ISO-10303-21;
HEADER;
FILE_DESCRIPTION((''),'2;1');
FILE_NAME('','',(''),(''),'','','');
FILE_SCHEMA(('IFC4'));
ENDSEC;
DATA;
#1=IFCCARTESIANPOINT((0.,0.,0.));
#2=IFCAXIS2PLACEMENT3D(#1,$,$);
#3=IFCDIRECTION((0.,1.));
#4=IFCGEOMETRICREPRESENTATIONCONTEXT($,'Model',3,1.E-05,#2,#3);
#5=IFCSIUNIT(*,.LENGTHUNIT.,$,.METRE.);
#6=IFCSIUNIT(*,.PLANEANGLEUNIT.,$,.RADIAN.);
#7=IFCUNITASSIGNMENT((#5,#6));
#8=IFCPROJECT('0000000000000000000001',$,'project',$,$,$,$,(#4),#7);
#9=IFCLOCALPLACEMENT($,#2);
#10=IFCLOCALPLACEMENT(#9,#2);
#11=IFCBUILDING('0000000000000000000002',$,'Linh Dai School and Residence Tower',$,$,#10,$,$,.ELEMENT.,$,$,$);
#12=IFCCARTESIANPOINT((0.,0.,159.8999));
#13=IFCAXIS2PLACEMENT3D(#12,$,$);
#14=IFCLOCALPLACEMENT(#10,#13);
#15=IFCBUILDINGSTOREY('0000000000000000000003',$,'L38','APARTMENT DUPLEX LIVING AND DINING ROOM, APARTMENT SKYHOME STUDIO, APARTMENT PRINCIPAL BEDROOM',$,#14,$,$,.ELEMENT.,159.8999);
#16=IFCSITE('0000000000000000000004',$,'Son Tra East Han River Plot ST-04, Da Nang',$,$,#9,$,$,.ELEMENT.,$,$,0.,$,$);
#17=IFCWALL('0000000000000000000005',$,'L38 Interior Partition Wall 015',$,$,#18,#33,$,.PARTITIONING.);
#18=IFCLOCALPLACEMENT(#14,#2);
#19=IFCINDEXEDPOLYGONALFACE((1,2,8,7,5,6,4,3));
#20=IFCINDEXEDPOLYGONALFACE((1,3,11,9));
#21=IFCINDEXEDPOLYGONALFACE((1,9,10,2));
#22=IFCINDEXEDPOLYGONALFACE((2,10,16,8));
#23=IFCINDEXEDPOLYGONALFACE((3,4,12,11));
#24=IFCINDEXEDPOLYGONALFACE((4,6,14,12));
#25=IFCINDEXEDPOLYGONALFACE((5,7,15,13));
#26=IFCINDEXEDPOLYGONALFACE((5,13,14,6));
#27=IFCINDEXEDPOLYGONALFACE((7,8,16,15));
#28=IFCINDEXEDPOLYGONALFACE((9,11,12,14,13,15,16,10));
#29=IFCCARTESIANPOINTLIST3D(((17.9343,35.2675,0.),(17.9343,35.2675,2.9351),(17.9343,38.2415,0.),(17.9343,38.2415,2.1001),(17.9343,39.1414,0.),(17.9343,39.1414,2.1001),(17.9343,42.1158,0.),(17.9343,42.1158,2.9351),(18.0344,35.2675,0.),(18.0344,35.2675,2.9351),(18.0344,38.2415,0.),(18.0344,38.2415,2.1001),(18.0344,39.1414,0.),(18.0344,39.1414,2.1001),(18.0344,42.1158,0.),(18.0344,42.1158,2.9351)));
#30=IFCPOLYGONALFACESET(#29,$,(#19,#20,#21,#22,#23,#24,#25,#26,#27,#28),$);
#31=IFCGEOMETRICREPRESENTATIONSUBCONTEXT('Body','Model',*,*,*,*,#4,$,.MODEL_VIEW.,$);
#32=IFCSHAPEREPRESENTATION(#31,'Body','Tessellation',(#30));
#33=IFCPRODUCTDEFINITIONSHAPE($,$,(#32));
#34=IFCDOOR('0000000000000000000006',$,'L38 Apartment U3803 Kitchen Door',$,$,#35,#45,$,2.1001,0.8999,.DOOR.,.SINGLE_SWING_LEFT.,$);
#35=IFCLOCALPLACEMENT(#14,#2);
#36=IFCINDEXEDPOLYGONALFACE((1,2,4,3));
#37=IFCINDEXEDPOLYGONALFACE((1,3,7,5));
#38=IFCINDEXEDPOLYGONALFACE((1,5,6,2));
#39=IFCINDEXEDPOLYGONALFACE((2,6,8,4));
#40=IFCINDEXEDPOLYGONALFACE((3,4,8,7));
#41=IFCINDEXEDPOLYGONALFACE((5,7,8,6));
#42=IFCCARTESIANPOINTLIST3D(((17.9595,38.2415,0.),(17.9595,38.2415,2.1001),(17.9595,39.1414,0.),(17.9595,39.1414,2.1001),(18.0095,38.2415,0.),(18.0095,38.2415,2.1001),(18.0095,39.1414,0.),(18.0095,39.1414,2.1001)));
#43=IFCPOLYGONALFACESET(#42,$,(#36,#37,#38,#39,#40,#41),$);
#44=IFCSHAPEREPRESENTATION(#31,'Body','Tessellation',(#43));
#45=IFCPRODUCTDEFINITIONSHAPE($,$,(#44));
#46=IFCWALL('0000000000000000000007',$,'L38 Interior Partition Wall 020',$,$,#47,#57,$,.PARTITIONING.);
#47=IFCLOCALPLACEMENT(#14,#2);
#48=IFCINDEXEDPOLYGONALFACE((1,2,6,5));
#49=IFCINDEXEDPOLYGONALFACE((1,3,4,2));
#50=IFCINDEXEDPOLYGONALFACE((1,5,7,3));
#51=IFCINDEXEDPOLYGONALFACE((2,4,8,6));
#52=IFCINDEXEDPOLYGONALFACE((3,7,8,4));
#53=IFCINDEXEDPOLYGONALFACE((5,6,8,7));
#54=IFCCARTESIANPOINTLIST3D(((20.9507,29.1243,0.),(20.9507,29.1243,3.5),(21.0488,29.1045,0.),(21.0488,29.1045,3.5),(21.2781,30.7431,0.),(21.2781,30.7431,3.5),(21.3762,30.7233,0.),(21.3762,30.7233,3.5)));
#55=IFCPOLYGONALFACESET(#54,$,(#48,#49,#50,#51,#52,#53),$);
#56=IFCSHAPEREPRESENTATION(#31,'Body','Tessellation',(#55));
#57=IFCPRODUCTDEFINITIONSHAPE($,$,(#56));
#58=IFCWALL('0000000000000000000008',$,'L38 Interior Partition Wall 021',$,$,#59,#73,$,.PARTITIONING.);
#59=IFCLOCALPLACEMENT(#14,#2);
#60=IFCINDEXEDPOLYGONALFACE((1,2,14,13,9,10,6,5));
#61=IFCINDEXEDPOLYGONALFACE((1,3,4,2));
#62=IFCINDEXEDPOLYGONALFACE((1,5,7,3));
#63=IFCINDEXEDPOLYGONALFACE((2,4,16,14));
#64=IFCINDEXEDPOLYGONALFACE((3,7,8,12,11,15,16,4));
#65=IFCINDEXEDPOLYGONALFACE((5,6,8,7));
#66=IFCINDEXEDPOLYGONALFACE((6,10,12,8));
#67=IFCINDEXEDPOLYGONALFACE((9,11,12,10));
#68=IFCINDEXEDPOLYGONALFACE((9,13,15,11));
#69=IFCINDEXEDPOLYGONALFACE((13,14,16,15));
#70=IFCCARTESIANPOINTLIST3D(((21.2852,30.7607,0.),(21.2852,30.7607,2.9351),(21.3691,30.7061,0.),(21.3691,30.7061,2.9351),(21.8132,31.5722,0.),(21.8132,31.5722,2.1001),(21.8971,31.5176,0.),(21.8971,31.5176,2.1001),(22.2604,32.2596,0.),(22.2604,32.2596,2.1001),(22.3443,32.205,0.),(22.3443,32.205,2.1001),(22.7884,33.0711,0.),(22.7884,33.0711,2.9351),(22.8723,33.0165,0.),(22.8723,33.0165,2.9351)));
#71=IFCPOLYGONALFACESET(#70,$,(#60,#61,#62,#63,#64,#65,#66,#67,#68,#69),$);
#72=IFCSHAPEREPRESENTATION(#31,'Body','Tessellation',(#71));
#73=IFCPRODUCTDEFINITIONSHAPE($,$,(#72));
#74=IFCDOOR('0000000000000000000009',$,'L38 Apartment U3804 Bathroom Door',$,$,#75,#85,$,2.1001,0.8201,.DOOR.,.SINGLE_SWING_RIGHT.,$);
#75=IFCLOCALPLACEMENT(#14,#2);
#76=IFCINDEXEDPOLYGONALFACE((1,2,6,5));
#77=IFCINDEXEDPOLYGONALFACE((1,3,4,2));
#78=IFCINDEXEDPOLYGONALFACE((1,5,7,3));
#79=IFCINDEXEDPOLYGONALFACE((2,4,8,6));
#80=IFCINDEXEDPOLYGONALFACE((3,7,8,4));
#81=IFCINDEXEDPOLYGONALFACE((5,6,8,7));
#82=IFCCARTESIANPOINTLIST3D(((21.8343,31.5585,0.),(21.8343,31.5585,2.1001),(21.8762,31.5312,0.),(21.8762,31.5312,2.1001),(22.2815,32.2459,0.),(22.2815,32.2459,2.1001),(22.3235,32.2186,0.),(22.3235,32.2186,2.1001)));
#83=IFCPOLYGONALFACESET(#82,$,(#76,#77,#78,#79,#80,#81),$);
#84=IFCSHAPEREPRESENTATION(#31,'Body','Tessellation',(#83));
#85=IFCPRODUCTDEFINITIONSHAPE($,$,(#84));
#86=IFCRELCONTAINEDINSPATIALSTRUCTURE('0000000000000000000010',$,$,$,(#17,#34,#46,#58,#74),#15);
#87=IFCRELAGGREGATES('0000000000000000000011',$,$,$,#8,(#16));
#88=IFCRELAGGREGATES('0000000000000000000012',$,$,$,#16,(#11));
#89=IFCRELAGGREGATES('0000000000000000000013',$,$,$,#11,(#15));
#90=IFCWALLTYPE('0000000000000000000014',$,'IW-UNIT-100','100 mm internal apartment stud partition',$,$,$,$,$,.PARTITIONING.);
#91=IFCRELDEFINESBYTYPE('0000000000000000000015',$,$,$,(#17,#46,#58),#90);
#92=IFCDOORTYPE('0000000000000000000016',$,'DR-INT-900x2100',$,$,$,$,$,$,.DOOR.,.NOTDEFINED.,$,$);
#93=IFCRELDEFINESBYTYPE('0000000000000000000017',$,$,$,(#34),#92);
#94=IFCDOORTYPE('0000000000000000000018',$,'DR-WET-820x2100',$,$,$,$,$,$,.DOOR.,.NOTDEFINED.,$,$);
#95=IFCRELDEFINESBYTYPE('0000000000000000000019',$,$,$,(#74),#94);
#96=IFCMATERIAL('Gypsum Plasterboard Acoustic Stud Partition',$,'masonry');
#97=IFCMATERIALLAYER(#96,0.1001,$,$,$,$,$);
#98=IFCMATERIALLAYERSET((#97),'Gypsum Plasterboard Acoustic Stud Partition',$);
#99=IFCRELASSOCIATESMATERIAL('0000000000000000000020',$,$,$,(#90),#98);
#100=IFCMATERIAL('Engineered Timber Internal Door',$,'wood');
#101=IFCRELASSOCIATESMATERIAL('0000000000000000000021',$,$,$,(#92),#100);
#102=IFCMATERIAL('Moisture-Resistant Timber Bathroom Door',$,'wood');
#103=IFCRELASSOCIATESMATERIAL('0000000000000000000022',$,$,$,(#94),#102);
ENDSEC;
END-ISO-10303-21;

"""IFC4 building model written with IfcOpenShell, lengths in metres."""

from ifc_helpers import new_model, si_unit, direction, frame, frame_2d, origin, origin_2d, place, context, subcontext, project, spatial, rectangle, extrude, source, transform, mapped, material, layer, layer_set, type_object, element, fill, save


model = new_model("IFC4")

# Units and contexts
model_context = context("Model", 3, precision=1e-05, world=origin(), true_north=direction((0.0, 1.0)))
body_context = subcontext(model_context, "Body", "Model", "MODEL_VIEW")
ifc_project = project(units=[si_unit("LENGTHUNIT", "METRE"), si_unit("PLANEANGLEUNIT", "RADIAN")], contexts=[model_context])

# Site, building, storey
site_placement = place(None, origin())
site = spatial("IfcSite", under=ifc_project, at=site_placement, Name="Son Tra East Han River Plot ST-04, Da Nang", CompositionType="ELEMENT", RefElevation=0.0)
building_placement = place(site_placement, origin())
building = spatial("IfcBuilding", under=site, at=building_placement, Name="Linh Dai School and Residence Tower", CompositionType="ELEMENT")
storey_placement = place(building_placement, frame((0.0, 0.0, 159.8999)))
storey = spatial("IfcBuildingStorey", under=building, at=storey_placement, Name="L38", Description="APARTMENT DUPLEX LIVING AND DINING ROOM, APARTMENT SKYHOME STUDIO, APARTMENT PRINCIPAL BEDROOM", CompositionType="ELEMENT", Elevation=159.8999)

# Shared definitions
ifc_material_1 = material(Name="Gypsum Plasterboard Acoustic Stud Partition", Category="masonry")
ifc_layer_1 = layer(ifc_material_1, 0.1001)
ifc_layer_set_1 = layer_set([ifc_layer_1], Name="Gypsum Plasterboard Acoustic Stud Partition")
wall_type_1 = type_object("IfcWallType", Name="IW-UNIT-100", Description="100 mm internal apartment stud partition", PredefinedType="PARTITIONING", material=ifc_layer_set_1)

# Wall, opening, door
ifc_material_2 = material(Name="Engineered Timber Internal Door", Category="wood")
door_type_1 = type_object("IfcDoorType", Name="DR-INT-900x2100", OperationType="NOTDEFINED", PredefinedType="DOOR", material=ifc_material_2)
shared_shape_1 = source(origin(), body_context, "Body", "SweptSolid", [
    extrude(rectangle(XDim=0.8999, YDim=2.1001, at=origin_2d()), frame((0.45, 0.0249, 1.05), z_axis=(0.0, -1.0, 0.0), x_axis=(1.0, 0.0, 0.0)), (0.0, 0.0, 1.0), 0.05),
])
wall_1_placement = place(storey_placement, frame((17.9844, 35.2673, 0.0), z_axis=(0.0, 0.0, 1.0), x_axis=(0.0, 1.0, 0.0)))
wall_1 = element("IfcWall", 1, at=wall_1_placement, inside=storey, type_object=wall_type_1, Name="L38 Interior Partition Wall 015", PredefinedType="PARTITIONING", context=body_context, shape_type="SweptSolid", body=[
    extrude(rectangle(XDim=6.8484, YDim=0.1001, at=frame_2d((3.4243, 0.0))), origin(), (0.0, 0.0, 1.0), 2.9351),
])
opening_1_placement = place(wall_1_placement, frame((2.9741, 0.0, 0.0)))
opening_1 = element("IfcOpeningElement", 2, at=opening_1_placement, cuts=wall_1, PredefinedType="OPENING", context=body_context, shape_type="SweptSolid", body=[
    extrude(rectangle(XDim=0.8999, YDim=2.1001, at=origin_2d()), frame((0.45, 0.0601, 1.05), z_axis=(0.0, -1.0, 0.0), x_axis=(1.0, 0.0, 0.0)), (0.0, 0.0, 1.0), 0.1201),
])
door_1_placement = place(opening_1_placement, origin())
door_1 = element("IfcDoor", 3, at=door_1_placement, inside=storey, type_object=door_type_1, Name="L38 Apartment U3803 Kitchen Door", OperationType="SINGLE_SWING_LEFT", OverallHeight=2.1001, OverallWidth=0.8999, PredefinedType="DOOR", context=body_context, shape_type="MappedRepresentation", body=[
    mapped(shared_shape_1, transform((0.0, 0.0, 0.0), x_axis=(1.0, 0.0, 0.0), y_axis=(0.0, 1.0, 0.0), z_axis=(0.0, 0.0, 1.0), scale=1.0)),
])
fill(opening_1, door_1)

# Wall
wall_2_placement = place(storey_placement, frame((20.9998, 29.1145, 0.0), z_axis=(0.0, 0.0, 1.0), x_axis=(0.198219, 0.980158, 0.0)))
element("IfcWall", 4, at=wall_2_placement, inside=storey, type_object=wall_type_1, Name="L38 Interior Partition Wall 020", PredefinedType="PARTITIONING", context=body_context, shape_type="SweptSolid", body=[
    extrude(rectangle(XDim=1.6516, YDim=0.1001, at=frame_2d((0.8257, 0.0))), origin(), (0.0, 0.0, 1.0), 3.5),
])

# Wall, opening, door
wall_3_placement = place(storey_placement, frame((21.3271, 30.7334, 0.0), z_axis=(0.0, 0.0, 1.0), x_axis=(0.545365, 0.838199, 0.0)))
wall_3 = element("IfcWall", 5, at=wall_3_placement, inside=storey, type_object=wall_type_1, Name="L38 Interior Partition Wall 021", PredefinedType="PARTITIONING", context=body_context, shape_type="SweptSolid", body=[
    extrude(rectangle(XDim=2.7563, YDim=0.1001, at=frame_2d((1.3782, 0.0))), origin(), (0.0, 0.0, 1.0), 2.9351),
])
opening_2_placement = place(wall_3_placement, frame((0.968, 0.0, 0.0)))
opening_2 = element("IfcOpeningElement", 6, at=opening_2_placement, cuts=wall_3, PredefinedType="OPENING", context=body_context, shape_type="SweptSolid", body=[
    extrude(rectangle(XDim=0.8201, YDim=2.1001, at=origin_2d()), frame((0.4102, 0.0601, 1.05), z_axis=(0.0, -1.0, 0.0), x_axis=(1.0, 0.0, 0.0)), (0.0, 0.0, 1.0), 0.1201),
])
ifc_material_3 = material(Name="Moisture-Resistant Timber Bathroom Door", Category="wood")
door_type_2 = type_object("IfcDoorType", Name="DR-WET-820x2100", OperationType="NOTDEFINED", PredefinedType="DOOR", material=ifc_material_3)
shared_shape_2 = source(origin(), body_context, "Body", "SweptSolid", [
    extrude(rectangle(XDim=0.8201, YDim=2.1001, at=origin_2d()), frame((0.4102, 0.0249, 1.05), z_axis=(0.0, -1.0, 0.0), x_axis=(1.0, 0.0, 0.0)), (0.0, 0.0, 1.0), 0.05),
])
door_2_placement = place(opening_2_placement, origin())
door_2 = element("IfcDoor", 7, at=door_2_placement, inside=storey, type_object=door_type_2, Name="L38 Apartment U3804 Bathroom Door", OperationType="SINGLE_SWING_RIGHT", OverallHeight=2.1001, OverallWidth=0.8201, PredefinedType="DOOR", context=body_context, shape_type="MappedRepresentation", body=[
    mapped(shared_shape_2, transform((0.0, 0.0, 0.0), x_axis=(1.0, 0.0, 0.0), y_axis=(0.0, 1.0, 0.0), z_axis=(0.0, 0.0, 1.0), scale=1.0)),
])
fill(opening_2, door_2)

save(model, "model.ifc")
